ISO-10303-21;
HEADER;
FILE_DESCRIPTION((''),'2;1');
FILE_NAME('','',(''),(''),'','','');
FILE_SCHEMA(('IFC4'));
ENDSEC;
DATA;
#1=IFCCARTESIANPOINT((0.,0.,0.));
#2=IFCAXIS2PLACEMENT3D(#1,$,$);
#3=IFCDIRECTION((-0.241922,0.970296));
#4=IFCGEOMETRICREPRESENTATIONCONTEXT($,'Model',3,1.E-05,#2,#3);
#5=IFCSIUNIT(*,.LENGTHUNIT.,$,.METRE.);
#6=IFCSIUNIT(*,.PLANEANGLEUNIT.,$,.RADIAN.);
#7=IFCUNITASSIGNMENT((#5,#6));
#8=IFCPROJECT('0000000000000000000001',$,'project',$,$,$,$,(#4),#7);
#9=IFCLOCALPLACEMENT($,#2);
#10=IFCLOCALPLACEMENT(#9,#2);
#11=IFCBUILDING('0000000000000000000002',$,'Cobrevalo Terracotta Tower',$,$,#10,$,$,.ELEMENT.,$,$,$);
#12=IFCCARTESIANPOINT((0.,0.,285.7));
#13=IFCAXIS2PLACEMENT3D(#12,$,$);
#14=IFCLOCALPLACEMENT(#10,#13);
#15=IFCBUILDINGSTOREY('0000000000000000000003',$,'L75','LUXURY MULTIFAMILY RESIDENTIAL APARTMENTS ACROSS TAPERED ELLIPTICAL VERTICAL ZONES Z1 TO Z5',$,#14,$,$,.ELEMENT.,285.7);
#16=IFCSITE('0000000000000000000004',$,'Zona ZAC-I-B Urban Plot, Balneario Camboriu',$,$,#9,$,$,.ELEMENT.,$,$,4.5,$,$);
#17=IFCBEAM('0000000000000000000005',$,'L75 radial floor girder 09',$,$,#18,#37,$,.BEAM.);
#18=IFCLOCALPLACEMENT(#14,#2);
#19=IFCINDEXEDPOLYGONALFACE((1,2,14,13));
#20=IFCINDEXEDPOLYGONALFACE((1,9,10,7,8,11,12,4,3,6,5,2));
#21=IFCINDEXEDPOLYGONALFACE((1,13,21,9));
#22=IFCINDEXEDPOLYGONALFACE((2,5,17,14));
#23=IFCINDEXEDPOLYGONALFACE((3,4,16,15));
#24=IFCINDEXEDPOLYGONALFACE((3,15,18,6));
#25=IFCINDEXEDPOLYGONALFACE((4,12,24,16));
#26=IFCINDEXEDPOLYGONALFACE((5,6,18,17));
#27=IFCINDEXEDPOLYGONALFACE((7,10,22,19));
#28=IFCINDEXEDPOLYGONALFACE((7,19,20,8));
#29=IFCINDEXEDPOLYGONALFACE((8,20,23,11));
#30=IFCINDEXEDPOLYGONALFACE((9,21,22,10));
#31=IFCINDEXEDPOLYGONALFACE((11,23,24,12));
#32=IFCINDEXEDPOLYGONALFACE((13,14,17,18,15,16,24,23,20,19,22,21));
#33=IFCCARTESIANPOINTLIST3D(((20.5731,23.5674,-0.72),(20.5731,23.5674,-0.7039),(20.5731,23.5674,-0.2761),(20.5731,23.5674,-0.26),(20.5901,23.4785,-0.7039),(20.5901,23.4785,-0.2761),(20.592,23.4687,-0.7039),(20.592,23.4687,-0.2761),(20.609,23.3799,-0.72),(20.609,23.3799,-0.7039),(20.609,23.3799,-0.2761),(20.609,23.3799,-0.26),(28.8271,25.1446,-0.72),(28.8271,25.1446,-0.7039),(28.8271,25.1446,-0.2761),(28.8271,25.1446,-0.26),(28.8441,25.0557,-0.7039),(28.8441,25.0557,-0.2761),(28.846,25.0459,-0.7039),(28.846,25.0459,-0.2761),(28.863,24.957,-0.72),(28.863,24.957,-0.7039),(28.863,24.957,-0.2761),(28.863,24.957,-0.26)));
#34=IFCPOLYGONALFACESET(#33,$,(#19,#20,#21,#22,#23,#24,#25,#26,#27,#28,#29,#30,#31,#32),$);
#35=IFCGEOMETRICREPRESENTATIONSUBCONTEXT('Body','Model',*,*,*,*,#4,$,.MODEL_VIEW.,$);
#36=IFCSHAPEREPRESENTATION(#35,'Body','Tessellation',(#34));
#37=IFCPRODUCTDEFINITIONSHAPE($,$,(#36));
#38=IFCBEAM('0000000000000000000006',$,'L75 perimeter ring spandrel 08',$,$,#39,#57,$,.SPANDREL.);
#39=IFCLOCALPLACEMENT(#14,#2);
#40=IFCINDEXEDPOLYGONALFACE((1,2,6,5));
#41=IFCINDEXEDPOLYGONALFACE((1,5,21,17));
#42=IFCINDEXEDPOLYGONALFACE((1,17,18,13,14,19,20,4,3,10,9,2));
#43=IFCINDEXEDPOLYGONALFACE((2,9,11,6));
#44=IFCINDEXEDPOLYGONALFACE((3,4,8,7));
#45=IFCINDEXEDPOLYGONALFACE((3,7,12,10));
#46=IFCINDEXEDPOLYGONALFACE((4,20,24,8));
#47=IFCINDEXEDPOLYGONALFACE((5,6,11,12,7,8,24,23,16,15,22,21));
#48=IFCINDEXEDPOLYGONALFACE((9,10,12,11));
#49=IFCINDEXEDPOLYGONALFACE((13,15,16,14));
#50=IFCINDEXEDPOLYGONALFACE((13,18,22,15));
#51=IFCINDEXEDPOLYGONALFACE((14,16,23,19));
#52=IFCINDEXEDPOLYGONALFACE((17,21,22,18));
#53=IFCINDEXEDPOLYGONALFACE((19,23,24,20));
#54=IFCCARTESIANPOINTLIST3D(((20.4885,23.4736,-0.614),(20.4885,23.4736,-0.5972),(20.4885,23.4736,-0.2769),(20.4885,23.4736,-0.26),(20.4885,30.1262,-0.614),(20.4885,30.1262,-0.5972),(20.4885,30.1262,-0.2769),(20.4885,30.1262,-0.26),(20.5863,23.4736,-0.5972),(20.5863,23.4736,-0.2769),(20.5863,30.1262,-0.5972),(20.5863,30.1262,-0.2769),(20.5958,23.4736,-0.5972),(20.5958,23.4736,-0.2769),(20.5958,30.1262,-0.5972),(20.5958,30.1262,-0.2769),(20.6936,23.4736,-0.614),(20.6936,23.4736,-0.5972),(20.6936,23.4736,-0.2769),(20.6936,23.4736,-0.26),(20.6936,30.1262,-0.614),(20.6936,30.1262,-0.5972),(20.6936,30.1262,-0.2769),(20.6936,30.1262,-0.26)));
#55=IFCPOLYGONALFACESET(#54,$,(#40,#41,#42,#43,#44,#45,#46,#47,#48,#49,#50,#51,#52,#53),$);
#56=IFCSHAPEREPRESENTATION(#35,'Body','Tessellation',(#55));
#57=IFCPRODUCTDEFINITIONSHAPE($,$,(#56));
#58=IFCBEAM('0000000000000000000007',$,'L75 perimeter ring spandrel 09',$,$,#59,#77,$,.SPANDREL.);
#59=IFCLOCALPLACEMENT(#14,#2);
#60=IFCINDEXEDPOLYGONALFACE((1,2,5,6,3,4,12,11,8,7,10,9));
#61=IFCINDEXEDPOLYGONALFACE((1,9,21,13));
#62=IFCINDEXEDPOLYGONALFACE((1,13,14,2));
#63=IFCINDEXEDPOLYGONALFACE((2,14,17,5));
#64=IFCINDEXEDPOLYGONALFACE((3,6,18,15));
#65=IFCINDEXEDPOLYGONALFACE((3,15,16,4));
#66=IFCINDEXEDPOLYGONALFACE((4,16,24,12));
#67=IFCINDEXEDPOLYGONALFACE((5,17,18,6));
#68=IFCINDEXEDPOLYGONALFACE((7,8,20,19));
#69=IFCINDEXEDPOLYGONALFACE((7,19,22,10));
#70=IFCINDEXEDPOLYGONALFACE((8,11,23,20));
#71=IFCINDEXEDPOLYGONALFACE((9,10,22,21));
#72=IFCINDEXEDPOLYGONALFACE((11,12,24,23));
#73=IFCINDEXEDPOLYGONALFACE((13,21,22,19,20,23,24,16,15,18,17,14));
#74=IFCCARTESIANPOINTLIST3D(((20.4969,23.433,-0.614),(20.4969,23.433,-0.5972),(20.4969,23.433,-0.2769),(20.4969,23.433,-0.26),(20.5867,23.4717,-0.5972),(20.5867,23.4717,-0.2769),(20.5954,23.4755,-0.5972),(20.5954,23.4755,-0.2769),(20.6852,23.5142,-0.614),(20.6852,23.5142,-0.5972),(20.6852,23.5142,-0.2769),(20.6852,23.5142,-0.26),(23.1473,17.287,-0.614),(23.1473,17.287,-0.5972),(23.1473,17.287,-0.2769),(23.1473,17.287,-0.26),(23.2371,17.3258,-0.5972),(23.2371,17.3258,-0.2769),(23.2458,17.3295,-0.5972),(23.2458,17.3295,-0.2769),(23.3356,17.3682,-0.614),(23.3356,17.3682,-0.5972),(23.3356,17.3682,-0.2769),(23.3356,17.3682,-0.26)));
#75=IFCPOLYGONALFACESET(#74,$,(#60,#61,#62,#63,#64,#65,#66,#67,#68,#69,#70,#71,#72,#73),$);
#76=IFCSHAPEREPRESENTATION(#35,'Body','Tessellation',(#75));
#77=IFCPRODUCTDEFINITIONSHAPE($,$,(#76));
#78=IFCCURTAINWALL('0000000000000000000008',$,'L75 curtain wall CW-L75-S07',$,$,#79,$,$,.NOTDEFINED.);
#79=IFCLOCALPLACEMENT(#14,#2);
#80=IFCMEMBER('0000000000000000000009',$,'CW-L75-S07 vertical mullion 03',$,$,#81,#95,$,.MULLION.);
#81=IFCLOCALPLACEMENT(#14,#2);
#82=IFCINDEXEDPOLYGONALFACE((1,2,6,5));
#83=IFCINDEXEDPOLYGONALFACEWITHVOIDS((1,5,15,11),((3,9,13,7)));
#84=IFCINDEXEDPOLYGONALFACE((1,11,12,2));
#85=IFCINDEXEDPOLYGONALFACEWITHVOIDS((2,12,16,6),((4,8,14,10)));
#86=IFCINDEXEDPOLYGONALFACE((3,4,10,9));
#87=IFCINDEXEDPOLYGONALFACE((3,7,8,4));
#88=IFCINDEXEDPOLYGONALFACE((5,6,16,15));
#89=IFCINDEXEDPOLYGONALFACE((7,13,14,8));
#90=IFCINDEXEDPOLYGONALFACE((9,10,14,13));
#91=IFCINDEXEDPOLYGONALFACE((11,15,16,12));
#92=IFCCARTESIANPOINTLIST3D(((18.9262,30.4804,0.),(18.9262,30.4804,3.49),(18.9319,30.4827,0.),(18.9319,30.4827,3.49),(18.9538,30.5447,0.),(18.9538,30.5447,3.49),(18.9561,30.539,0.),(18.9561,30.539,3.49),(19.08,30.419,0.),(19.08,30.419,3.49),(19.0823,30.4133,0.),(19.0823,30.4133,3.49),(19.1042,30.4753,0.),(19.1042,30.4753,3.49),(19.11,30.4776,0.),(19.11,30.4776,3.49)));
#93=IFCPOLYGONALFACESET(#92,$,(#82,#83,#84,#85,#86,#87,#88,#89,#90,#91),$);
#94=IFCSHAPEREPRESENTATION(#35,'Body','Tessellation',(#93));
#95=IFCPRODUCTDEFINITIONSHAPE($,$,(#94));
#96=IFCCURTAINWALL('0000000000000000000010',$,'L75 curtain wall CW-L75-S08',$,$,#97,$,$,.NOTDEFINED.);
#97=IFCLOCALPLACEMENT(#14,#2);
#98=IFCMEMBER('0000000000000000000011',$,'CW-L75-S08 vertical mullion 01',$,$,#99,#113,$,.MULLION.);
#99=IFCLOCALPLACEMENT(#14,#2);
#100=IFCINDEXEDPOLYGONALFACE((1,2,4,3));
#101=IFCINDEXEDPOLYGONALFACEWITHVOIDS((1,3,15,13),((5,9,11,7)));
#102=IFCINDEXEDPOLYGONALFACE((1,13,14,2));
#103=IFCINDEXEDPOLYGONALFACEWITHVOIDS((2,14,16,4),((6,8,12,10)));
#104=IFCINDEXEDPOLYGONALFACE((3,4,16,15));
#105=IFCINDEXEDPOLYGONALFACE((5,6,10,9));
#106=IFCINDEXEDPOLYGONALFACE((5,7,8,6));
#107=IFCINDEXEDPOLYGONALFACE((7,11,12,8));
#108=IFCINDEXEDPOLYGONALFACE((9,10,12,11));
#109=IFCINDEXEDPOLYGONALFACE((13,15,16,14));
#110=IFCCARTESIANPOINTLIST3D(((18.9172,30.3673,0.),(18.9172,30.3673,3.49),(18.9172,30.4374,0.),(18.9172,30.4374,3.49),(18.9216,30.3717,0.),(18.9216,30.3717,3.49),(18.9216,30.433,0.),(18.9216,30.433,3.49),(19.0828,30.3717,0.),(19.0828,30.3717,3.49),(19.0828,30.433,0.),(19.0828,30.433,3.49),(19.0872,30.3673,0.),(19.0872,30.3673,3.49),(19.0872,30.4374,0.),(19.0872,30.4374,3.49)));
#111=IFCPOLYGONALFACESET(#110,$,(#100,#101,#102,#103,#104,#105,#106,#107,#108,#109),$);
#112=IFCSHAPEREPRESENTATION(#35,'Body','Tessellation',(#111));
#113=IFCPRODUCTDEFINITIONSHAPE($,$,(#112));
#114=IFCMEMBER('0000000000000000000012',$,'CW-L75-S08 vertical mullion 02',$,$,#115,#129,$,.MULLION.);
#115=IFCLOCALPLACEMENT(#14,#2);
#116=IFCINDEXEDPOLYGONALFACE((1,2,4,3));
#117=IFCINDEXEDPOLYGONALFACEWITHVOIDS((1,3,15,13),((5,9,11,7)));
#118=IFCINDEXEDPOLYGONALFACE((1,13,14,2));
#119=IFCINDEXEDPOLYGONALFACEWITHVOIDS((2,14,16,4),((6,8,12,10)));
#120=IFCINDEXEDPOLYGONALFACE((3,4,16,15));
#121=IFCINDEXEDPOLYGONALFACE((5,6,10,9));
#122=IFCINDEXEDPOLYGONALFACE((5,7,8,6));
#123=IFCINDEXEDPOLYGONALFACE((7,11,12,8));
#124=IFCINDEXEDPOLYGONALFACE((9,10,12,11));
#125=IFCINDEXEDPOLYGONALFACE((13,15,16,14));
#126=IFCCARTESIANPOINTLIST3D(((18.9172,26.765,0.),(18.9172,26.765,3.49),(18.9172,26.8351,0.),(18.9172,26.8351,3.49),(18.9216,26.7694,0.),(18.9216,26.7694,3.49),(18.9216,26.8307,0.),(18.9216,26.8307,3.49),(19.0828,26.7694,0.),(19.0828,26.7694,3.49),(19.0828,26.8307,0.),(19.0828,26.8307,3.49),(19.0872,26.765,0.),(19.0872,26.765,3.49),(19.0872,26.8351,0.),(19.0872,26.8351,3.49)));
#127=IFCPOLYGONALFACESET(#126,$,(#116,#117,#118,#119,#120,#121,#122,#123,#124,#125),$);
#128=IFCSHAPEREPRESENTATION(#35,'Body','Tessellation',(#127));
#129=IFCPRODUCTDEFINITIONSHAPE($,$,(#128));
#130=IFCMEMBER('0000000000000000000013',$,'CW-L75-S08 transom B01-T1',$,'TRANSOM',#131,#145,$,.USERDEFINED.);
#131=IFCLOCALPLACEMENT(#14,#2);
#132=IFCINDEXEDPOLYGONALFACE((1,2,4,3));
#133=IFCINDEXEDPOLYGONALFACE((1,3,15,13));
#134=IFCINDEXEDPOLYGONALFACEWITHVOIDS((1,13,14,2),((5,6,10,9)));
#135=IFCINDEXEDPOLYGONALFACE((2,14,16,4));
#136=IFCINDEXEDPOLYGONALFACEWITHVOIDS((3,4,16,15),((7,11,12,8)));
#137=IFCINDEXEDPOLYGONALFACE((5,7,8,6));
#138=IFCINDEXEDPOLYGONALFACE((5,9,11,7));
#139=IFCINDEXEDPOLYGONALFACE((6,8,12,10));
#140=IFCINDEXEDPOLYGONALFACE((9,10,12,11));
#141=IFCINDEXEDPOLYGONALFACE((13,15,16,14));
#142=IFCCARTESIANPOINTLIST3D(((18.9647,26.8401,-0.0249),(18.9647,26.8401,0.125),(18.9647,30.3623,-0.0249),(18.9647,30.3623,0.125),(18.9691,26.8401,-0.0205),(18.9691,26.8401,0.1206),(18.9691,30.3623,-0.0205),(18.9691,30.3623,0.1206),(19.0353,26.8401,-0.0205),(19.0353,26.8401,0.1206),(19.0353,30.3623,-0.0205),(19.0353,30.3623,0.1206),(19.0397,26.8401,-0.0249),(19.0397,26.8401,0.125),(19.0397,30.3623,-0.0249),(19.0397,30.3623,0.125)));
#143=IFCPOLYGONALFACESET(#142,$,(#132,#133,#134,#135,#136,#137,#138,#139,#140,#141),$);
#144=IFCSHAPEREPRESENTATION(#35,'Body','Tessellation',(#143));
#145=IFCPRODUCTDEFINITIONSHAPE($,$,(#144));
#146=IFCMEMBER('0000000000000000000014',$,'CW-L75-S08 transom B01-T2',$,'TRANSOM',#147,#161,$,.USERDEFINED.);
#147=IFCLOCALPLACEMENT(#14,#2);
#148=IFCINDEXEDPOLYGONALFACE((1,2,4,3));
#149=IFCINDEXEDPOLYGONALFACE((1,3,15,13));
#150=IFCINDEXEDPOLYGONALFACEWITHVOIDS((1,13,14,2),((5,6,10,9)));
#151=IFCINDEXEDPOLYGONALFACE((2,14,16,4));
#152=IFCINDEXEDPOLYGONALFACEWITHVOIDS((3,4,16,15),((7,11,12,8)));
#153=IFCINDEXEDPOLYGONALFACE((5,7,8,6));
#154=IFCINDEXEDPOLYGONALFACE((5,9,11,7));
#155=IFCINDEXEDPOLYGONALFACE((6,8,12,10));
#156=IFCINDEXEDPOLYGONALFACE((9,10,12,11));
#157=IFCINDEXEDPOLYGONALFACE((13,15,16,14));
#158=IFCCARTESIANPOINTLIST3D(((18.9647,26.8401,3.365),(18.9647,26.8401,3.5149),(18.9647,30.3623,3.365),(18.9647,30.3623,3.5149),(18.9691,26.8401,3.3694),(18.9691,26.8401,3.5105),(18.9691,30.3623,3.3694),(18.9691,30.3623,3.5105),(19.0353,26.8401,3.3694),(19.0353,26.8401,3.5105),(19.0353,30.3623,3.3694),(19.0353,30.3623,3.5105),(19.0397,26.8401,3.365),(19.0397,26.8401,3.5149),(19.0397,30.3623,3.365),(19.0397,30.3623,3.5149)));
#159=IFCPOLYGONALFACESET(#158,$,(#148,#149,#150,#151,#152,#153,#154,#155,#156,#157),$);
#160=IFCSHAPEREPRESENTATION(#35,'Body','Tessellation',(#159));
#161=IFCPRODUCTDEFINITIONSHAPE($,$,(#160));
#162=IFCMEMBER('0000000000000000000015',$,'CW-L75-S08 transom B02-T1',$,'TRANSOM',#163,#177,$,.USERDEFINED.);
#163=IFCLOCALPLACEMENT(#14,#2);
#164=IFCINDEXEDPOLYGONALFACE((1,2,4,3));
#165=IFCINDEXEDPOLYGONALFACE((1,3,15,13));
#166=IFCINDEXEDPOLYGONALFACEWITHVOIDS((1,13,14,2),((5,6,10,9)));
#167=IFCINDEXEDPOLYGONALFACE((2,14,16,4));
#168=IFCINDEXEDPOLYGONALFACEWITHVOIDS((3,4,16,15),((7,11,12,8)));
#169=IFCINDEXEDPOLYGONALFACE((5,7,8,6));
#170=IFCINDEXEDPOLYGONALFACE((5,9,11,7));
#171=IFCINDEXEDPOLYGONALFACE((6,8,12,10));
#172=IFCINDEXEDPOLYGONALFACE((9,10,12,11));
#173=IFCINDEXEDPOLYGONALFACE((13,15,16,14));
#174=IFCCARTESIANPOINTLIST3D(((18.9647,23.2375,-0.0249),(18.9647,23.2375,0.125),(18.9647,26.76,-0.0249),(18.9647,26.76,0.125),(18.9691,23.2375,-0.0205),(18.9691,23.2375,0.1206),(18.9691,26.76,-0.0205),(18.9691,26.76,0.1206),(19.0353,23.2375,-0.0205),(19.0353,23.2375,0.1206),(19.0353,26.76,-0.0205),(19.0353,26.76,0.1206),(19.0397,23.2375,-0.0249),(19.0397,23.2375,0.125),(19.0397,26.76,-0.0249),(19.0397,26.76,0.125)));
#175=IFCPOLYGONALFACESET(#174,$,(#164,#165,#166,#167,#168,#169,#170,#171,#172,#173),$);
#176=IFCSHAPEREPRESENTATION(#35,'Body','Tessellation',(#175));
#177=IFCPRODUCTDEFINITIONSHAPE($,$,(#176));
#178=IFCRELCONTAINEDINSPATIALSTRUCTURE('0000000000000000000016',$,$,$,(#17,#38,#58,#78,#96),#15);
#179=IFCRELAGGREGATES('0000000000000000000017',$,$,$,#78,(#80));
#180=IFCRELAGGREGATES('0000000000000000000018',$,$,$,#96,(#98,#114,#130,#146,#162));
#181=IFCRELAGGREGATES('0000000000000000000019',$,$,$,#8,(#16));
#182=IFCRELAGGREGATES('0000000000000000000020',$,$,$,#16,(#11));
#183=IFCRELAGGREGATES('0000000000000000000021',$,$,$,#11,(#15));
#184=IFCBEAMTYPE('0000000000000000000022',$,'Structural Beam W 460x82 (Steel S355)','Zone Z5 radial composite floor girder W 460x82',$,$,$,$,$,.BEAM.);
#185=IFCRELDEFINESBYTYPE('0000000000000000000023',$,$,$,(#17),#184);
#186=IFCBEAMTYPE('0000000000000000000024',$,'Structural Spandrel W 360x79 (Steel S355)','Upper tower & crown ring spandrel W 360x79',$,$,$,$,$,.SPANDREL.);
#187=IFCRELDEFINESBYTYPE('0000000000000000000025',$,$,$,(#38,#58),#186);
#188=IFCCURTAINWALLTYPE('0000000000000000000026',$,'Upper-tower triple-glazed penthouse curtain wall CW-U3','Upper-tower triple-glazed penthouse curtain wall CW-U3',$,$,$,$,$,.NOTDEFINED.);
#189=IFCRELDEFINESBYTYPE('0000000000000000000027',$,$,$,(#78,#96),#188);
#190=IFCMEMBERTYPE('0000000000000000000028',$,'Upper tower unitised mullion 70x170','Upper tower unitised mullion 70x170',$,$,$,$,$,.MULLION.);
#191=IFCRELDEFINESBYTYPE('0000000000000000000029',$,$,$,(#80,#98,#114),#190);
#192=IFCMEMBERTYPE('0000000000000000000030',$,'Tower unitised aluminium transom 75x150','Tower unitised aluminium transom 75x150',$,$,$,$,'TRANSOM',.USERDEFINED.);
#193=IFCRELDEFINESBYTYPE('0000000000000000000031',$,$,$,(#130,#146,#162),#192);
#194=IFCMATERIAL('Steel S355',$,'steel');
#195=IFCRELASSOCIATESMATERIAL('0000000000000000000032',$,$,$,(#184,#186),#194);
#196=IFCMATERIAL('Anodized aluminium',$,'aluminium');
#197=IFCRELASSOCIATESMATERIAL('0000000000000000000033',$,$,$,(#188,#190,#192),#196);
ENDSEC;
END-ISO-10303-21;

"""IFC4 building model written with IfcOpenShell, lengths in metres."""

from ifc_helpers import new_model, si_unit, direction, frame, origin, origin_2d, place, context, subcontext, project, spatial, hollow_rectangle, i_section, extrude, source, transform, mapped, material, material_profile, profile_set, type_object, element, aggregate, save


model = new_model("IFC4")

# Units and contexts
model_context = context("Model", 3, precision=1e-05, world=origin(), true_north=direction((-0.241922, 0.970296)))
body_context = subcontext(model_context, "Body", "Model", "MODEL_VIEW")
ifc_project = project(units=[si_unit("LENGTHUNIT", "METRE"), si_unit("PLANEANGLEUNIT", "RADIAN")], contexts=[model_context])

# Site, building, storey
site_placement = place(None, origin())
site = spatial("IfcSite", under=ifc_project, at=site_placement, Name="Zona ZAC-I-B Urban Plot, Balneario Camboriu", CompositionType="ELEMENT", RefElevation=4.5)
building_placement = place(site_placement, origin())
building = spatial("IfcBuilding", under=site, at=building_placement, Name="Cobrevalo Terracotta Tower", CompositionType="ELEMENT")
storey_placement = place(building_placement, frame((0.0, 0.0, 285.7)))
storey = spatial("IfcBuildingStorey", under=building, at=storey_placement, Name="L75", Description="LUXURY MULTIFAMILY RESIDENTIAL APARTMENTS ACROSS TAPERED ELLIPTICAL VERTICAL ZONES Z1 TO Z5", CompositionType="ELEMENT", Elevation=285.7)

# Shared definitions
ifc_material_1 = material(Name="Steel S355", Category="steel")

# Beams
ifc_material_profile_1 = material_profile(ifc_material_1, i_section(OverallWidth=0.1909, OverallDepth=0.46, WebThickness=0.01, FlangeThickness=0.0161, at=origin_2d()), Name="W 460x82")
ifc_profile_set_1 = profile_set([ifc_material_profile_1], Name="Steel S355")
beam_type_1 = type_object("IfcBeamType", Name="Structural Beam W 460x82 (Steel S355)", Description="Zone Z5 radial composite floor girder W 460x82", PredefinedType="BEAM", material=ifc_profile_set_1)
beam_1_placement = place(storey_placement, frame((20.5911, 23.4736, -0.49), z_axis=(0.98223, 0.187683, 0.0), x_axis=(-0.187683, 0.98223, 0.0)))
element("IfcBeam", 1, at=beam_1_placement, inside=storey, type_object=beam_type_1, Name="L75 radial floor girder 09", PredefinedType="BEAM", context=body_context, shape_type="SweptSolid", body=[
    extrude(i_section(OverallWidth=0.1909, OverallDepth=0.46, WebThickness=0.01, FlangeThickness=0.0161, at=origin_2d()), origin(), (0.0, 0.0, 1.0), 8.4033),
])
ifc_material_profile_2 = material_profile(ifc_material_1, i_section(OverallWidth=0.2051, OverallDepth=0.354, WebThickness=0.0095, FlangeThickness=0.0168, at=origin_2d()), Name="W 360x79")
ifc_profile_set_2 = profile_set([ifc_material_profile_2], Name="Steel S355")
beam_type_2 = type_object("IfcBeamType", Name="Structural Spandrel W 360x79 (Steel S355)", Description="Upper tower & crown ring spandrel W 360x79", PredefinedType="SPANDREL", material=ifc_profile_set_2)
beam_2_placement = place(storey_placement, frame((20.5911, 30.1262, -0.437), z_axis=(0.0, -1.0, 0.0), x_axis=(1.0, 0.0, 0.0)))
element("IfcBeam", 2, at=beam_2_placement, inside=storey, type_object=beam_type_2, Name="L75 perimeter ring spandrel 08", PredefinedType="SPANDREL", context=body_context, shape_type="SweptSolid", body=[
    extrude(i_section(OverallWidth=0.2051, OverallDepth=0.354, WebThickness=0.0095, FlangeThickness=0.0168, at=origin_2d()), origin(), (0.0, 0.0, 1.0), 6.6526),
])
beam_3_placement = place(storey_placement, frame((20.5911, 23.4736, -0.437), z_axis=(0.395987, -0.918256, 0.0), x_axis=(0.918256, 0.395987, 0.0)))
element("IfcBeam", 3, at=beam_3_placement, inside=storey, type_object=beam_type_2, Name="L75 perimeter ring spandrel 09", PredefinedType="SPANDREL", context=body_context, shape_type="SweptSolid", body=[
    extrude(i_section(OverallWidth=0.2051, OverallDepth=0.354, WebThickness=0.0095, FlangeThickness=0.0168, at=origin_2d()), origin(), (0.0, 0.0, 1.0), 6.6931),
])

# Curtain wall, member
ifc_material_2 = material(Name="Anodized aluminium", Category="aluminium")
curtain_wall_type = type_object("IfcCurtainWallType", Name="Upper-tower triple-glazed penthouse curtain wall CW-U3", Description="Upper-tower triple-glazed penthouse curtain wall CW-U3", PredefinedType="NOTDEFINED", material=ifc_material_2)
curtain_wall_1_placement = place(storey_placement, origin())
curtain_wall_1 = element("IfcCurtainWall", 4, at=curtain_wall_1_placement, inside=storey, type_object=curtain_wall_type, Name="L75 curtain wall CW-L75-S07", PredefinedType="NOTDEFINED")
ifc_material_profile_3 = material_profile(ifc_material_2, hollow_rectangle(XDim=0.0701, YDim=0.1699, WallThickness=0.0044, at=origin_2d()), Name="CWM 70x170")
ifc_profile_set_3 = profile_set([ifc_material_profile_3], Name="Anodized aluminium")
member_type_1 = type_object("IfcMemberType", Name="Upper tower unitised mullion 70x170", Description="Upper tower unitised mullion 70x170", PredefinedType="MULLION", material=ifc_profile_set_3)
shared_shape_1 = source(origin(), body_context, "Body", "SweptSolid", [
    extrude(hollow_rectangle(XDim=0.0701, YDim=0.1699, WallThickness=0.0044, at=origin_2d()), origin(), (0.0, 0.0, 1.0), 3.49),
])
member_1_placement = place(storey_placement, frame((19.0181, 30.479, 0.0), z_axis=(0.0, 0.0, 1.0), x_axis=(-0.394824, -0.918757, 0.0)))
member_1 = element("IfcMember", 5, at=member_1_placement, type_object=member_type_1, Name="CW-L75-S07 vertical mullion 03", PredefinedType="MULLION", context=body_context, shape_type="MappedRepresentation", body=[
    mapped(shared_shape_1, transform((0.0, 0.0, 0.0), scale=1.0)),
])

# Curtain wall, members
curtain_wall_2_placement = place(storey_placement, origin())
curtain_wall_2 = element("IfcCurtainWall", 6, at=curtain_wall_2_placement, inside=storey, type_object=curtain_wall_type, Name="L75 curtain wall CW-L75-S08", PredefinedType="NOTDEFINED")
member_2_placement = place(storey_placement, frame((19.0022, 30.4023, 0.0), z_axis=(0.0, 0.0, 1.0), x_axis=(0.0, -1.0, 0.0)))
member_2 = element("IfcMember", 7, at=member_2_placement, type_object=member_type_1, Name="CW-L75-S08 vertical mullion 01", PredefinedType="MULLION", context=body_context, shape_type="MappedRepresentation", body=[
    mapped(shared_shape_1, transform((0.0, 0.0, 0.0), scale=1.0)),
])
member_3_placement = place(storey_placement, frame((19.0022, 26.8, 0.0), z_axis=(0.0, 0.0, 1.0), x_axis=(0.0, -1.0, 0.0)))
member_3 = element("IfcMember", 8, at=member_3_placement, type_object=member_type_1, Name="CW-L75-S08 vertical mullion 02", PredefinedType="MULLION", context=body_context, shape_type="MappedRepresentation", body=[
    mapped(shared_shape_1, transform((0.0, 0.0, 0.0), scale=1.0)),
])
ifc_material_profile_4 = material_profile(ifc_material_2, hollow_rectangle(XDim=0.075, YDim=0.1499, WallThickness=0.0044, at=origin_2d()), Name="CWT 75x150")
ifc_profile_set_4 = profile_set([ifc_material_profile_4], Name="Anodized aluminium")
member_type_2 = type_object("IfcMemberType", Name="Tower unitised aluminium transom 75x150", Description="Tower unitised aluminium transom 75x150", ElementType="TRANSOM", PredefinedType="USERDEFINED", material=ifc_profile_set_4)
shared_shape_2 = source(origin(), body_context, "Body", "SweptSolid", [
    extrude(hollow_rectangle(XDim=0.075, YDim=0.1499, WallThickness=0.0044, at=origin_2d()), origin(), (0.0, 0.0, 1.0), 3.5222),
])
member_4_placement = place(storey_placement, frame((19.0022, 30.3623, 0.05), z_axis=(0.0, -1.0, 0.0), x_axis=(1.0, 0.0, 0.0)))
member_4 = element("IfcMember", 9, at=member_4_placement, type_object=member_type_2, Name="CW-L75-S08 transom B01-T1", ObjectType="TRANSOM", PredefinedType="USERDEFINED", context=body_context, shape_type="MappedRepresentation", body=[
    mapped(shared_shape_2, transform((0.0, 0.0, 0.0), scale=1.0)),
])
member_5_placement = place(storey_placement, frame((19.0022, 30.3623, 3.4399), z_axis=(0.0, -1.0, 0.0), x_axis=(1.0, 0.0, 0.0)))
member_5 = element("IfcMember", 10, at=member_5_placement, type_object=member_type_2, Name="CW-L75-S08 transom B01-T2", ObjectType="TRANSOM", PredefinedType="USERDEFINED", context=body_context, shape_type="MappedRepresentation", body=[
    mapped(shared_shape_2, transform((0.0, 0.0, 0.0), scale=1.0)),
])
shared_shape_3 = source(origin(), body_context, "Body", "SweptSolid", [
    extrude(hollow_rectangle(XDim=0.075, YDim=0.1499, WallThickness=0.0044, at=origin_2d()), origin(), (0.0, 0.0, 1.0), 3.5225),
])
member_6_placement = place(storey_placement, frame((19.0022, 26.76, 0.05), z_axis=(0.0, -1.0, 0.0), x_axis=(1.0, 0.0, 0.0)))
member_6 = element("IfcMember", 11, at=member_6_placement, type_object=member_type_2, Name="CW-L75-S08 transom B02-T1", ObjectType="TRANSOM", PredefinedType="USERDEFINED", context=body_context, shape_type="MappedRepresentation", body=[
    mapped(shared_shape_3, transform((0.0, 0.0, 0.0), scale=1.0)),
])

aggregate(curtain_wall_1, [member_1])
aggregate(curtain_wall_2, [member_2, member_3, member_4, member_5, member_6])

save(model, "model.ifc")
